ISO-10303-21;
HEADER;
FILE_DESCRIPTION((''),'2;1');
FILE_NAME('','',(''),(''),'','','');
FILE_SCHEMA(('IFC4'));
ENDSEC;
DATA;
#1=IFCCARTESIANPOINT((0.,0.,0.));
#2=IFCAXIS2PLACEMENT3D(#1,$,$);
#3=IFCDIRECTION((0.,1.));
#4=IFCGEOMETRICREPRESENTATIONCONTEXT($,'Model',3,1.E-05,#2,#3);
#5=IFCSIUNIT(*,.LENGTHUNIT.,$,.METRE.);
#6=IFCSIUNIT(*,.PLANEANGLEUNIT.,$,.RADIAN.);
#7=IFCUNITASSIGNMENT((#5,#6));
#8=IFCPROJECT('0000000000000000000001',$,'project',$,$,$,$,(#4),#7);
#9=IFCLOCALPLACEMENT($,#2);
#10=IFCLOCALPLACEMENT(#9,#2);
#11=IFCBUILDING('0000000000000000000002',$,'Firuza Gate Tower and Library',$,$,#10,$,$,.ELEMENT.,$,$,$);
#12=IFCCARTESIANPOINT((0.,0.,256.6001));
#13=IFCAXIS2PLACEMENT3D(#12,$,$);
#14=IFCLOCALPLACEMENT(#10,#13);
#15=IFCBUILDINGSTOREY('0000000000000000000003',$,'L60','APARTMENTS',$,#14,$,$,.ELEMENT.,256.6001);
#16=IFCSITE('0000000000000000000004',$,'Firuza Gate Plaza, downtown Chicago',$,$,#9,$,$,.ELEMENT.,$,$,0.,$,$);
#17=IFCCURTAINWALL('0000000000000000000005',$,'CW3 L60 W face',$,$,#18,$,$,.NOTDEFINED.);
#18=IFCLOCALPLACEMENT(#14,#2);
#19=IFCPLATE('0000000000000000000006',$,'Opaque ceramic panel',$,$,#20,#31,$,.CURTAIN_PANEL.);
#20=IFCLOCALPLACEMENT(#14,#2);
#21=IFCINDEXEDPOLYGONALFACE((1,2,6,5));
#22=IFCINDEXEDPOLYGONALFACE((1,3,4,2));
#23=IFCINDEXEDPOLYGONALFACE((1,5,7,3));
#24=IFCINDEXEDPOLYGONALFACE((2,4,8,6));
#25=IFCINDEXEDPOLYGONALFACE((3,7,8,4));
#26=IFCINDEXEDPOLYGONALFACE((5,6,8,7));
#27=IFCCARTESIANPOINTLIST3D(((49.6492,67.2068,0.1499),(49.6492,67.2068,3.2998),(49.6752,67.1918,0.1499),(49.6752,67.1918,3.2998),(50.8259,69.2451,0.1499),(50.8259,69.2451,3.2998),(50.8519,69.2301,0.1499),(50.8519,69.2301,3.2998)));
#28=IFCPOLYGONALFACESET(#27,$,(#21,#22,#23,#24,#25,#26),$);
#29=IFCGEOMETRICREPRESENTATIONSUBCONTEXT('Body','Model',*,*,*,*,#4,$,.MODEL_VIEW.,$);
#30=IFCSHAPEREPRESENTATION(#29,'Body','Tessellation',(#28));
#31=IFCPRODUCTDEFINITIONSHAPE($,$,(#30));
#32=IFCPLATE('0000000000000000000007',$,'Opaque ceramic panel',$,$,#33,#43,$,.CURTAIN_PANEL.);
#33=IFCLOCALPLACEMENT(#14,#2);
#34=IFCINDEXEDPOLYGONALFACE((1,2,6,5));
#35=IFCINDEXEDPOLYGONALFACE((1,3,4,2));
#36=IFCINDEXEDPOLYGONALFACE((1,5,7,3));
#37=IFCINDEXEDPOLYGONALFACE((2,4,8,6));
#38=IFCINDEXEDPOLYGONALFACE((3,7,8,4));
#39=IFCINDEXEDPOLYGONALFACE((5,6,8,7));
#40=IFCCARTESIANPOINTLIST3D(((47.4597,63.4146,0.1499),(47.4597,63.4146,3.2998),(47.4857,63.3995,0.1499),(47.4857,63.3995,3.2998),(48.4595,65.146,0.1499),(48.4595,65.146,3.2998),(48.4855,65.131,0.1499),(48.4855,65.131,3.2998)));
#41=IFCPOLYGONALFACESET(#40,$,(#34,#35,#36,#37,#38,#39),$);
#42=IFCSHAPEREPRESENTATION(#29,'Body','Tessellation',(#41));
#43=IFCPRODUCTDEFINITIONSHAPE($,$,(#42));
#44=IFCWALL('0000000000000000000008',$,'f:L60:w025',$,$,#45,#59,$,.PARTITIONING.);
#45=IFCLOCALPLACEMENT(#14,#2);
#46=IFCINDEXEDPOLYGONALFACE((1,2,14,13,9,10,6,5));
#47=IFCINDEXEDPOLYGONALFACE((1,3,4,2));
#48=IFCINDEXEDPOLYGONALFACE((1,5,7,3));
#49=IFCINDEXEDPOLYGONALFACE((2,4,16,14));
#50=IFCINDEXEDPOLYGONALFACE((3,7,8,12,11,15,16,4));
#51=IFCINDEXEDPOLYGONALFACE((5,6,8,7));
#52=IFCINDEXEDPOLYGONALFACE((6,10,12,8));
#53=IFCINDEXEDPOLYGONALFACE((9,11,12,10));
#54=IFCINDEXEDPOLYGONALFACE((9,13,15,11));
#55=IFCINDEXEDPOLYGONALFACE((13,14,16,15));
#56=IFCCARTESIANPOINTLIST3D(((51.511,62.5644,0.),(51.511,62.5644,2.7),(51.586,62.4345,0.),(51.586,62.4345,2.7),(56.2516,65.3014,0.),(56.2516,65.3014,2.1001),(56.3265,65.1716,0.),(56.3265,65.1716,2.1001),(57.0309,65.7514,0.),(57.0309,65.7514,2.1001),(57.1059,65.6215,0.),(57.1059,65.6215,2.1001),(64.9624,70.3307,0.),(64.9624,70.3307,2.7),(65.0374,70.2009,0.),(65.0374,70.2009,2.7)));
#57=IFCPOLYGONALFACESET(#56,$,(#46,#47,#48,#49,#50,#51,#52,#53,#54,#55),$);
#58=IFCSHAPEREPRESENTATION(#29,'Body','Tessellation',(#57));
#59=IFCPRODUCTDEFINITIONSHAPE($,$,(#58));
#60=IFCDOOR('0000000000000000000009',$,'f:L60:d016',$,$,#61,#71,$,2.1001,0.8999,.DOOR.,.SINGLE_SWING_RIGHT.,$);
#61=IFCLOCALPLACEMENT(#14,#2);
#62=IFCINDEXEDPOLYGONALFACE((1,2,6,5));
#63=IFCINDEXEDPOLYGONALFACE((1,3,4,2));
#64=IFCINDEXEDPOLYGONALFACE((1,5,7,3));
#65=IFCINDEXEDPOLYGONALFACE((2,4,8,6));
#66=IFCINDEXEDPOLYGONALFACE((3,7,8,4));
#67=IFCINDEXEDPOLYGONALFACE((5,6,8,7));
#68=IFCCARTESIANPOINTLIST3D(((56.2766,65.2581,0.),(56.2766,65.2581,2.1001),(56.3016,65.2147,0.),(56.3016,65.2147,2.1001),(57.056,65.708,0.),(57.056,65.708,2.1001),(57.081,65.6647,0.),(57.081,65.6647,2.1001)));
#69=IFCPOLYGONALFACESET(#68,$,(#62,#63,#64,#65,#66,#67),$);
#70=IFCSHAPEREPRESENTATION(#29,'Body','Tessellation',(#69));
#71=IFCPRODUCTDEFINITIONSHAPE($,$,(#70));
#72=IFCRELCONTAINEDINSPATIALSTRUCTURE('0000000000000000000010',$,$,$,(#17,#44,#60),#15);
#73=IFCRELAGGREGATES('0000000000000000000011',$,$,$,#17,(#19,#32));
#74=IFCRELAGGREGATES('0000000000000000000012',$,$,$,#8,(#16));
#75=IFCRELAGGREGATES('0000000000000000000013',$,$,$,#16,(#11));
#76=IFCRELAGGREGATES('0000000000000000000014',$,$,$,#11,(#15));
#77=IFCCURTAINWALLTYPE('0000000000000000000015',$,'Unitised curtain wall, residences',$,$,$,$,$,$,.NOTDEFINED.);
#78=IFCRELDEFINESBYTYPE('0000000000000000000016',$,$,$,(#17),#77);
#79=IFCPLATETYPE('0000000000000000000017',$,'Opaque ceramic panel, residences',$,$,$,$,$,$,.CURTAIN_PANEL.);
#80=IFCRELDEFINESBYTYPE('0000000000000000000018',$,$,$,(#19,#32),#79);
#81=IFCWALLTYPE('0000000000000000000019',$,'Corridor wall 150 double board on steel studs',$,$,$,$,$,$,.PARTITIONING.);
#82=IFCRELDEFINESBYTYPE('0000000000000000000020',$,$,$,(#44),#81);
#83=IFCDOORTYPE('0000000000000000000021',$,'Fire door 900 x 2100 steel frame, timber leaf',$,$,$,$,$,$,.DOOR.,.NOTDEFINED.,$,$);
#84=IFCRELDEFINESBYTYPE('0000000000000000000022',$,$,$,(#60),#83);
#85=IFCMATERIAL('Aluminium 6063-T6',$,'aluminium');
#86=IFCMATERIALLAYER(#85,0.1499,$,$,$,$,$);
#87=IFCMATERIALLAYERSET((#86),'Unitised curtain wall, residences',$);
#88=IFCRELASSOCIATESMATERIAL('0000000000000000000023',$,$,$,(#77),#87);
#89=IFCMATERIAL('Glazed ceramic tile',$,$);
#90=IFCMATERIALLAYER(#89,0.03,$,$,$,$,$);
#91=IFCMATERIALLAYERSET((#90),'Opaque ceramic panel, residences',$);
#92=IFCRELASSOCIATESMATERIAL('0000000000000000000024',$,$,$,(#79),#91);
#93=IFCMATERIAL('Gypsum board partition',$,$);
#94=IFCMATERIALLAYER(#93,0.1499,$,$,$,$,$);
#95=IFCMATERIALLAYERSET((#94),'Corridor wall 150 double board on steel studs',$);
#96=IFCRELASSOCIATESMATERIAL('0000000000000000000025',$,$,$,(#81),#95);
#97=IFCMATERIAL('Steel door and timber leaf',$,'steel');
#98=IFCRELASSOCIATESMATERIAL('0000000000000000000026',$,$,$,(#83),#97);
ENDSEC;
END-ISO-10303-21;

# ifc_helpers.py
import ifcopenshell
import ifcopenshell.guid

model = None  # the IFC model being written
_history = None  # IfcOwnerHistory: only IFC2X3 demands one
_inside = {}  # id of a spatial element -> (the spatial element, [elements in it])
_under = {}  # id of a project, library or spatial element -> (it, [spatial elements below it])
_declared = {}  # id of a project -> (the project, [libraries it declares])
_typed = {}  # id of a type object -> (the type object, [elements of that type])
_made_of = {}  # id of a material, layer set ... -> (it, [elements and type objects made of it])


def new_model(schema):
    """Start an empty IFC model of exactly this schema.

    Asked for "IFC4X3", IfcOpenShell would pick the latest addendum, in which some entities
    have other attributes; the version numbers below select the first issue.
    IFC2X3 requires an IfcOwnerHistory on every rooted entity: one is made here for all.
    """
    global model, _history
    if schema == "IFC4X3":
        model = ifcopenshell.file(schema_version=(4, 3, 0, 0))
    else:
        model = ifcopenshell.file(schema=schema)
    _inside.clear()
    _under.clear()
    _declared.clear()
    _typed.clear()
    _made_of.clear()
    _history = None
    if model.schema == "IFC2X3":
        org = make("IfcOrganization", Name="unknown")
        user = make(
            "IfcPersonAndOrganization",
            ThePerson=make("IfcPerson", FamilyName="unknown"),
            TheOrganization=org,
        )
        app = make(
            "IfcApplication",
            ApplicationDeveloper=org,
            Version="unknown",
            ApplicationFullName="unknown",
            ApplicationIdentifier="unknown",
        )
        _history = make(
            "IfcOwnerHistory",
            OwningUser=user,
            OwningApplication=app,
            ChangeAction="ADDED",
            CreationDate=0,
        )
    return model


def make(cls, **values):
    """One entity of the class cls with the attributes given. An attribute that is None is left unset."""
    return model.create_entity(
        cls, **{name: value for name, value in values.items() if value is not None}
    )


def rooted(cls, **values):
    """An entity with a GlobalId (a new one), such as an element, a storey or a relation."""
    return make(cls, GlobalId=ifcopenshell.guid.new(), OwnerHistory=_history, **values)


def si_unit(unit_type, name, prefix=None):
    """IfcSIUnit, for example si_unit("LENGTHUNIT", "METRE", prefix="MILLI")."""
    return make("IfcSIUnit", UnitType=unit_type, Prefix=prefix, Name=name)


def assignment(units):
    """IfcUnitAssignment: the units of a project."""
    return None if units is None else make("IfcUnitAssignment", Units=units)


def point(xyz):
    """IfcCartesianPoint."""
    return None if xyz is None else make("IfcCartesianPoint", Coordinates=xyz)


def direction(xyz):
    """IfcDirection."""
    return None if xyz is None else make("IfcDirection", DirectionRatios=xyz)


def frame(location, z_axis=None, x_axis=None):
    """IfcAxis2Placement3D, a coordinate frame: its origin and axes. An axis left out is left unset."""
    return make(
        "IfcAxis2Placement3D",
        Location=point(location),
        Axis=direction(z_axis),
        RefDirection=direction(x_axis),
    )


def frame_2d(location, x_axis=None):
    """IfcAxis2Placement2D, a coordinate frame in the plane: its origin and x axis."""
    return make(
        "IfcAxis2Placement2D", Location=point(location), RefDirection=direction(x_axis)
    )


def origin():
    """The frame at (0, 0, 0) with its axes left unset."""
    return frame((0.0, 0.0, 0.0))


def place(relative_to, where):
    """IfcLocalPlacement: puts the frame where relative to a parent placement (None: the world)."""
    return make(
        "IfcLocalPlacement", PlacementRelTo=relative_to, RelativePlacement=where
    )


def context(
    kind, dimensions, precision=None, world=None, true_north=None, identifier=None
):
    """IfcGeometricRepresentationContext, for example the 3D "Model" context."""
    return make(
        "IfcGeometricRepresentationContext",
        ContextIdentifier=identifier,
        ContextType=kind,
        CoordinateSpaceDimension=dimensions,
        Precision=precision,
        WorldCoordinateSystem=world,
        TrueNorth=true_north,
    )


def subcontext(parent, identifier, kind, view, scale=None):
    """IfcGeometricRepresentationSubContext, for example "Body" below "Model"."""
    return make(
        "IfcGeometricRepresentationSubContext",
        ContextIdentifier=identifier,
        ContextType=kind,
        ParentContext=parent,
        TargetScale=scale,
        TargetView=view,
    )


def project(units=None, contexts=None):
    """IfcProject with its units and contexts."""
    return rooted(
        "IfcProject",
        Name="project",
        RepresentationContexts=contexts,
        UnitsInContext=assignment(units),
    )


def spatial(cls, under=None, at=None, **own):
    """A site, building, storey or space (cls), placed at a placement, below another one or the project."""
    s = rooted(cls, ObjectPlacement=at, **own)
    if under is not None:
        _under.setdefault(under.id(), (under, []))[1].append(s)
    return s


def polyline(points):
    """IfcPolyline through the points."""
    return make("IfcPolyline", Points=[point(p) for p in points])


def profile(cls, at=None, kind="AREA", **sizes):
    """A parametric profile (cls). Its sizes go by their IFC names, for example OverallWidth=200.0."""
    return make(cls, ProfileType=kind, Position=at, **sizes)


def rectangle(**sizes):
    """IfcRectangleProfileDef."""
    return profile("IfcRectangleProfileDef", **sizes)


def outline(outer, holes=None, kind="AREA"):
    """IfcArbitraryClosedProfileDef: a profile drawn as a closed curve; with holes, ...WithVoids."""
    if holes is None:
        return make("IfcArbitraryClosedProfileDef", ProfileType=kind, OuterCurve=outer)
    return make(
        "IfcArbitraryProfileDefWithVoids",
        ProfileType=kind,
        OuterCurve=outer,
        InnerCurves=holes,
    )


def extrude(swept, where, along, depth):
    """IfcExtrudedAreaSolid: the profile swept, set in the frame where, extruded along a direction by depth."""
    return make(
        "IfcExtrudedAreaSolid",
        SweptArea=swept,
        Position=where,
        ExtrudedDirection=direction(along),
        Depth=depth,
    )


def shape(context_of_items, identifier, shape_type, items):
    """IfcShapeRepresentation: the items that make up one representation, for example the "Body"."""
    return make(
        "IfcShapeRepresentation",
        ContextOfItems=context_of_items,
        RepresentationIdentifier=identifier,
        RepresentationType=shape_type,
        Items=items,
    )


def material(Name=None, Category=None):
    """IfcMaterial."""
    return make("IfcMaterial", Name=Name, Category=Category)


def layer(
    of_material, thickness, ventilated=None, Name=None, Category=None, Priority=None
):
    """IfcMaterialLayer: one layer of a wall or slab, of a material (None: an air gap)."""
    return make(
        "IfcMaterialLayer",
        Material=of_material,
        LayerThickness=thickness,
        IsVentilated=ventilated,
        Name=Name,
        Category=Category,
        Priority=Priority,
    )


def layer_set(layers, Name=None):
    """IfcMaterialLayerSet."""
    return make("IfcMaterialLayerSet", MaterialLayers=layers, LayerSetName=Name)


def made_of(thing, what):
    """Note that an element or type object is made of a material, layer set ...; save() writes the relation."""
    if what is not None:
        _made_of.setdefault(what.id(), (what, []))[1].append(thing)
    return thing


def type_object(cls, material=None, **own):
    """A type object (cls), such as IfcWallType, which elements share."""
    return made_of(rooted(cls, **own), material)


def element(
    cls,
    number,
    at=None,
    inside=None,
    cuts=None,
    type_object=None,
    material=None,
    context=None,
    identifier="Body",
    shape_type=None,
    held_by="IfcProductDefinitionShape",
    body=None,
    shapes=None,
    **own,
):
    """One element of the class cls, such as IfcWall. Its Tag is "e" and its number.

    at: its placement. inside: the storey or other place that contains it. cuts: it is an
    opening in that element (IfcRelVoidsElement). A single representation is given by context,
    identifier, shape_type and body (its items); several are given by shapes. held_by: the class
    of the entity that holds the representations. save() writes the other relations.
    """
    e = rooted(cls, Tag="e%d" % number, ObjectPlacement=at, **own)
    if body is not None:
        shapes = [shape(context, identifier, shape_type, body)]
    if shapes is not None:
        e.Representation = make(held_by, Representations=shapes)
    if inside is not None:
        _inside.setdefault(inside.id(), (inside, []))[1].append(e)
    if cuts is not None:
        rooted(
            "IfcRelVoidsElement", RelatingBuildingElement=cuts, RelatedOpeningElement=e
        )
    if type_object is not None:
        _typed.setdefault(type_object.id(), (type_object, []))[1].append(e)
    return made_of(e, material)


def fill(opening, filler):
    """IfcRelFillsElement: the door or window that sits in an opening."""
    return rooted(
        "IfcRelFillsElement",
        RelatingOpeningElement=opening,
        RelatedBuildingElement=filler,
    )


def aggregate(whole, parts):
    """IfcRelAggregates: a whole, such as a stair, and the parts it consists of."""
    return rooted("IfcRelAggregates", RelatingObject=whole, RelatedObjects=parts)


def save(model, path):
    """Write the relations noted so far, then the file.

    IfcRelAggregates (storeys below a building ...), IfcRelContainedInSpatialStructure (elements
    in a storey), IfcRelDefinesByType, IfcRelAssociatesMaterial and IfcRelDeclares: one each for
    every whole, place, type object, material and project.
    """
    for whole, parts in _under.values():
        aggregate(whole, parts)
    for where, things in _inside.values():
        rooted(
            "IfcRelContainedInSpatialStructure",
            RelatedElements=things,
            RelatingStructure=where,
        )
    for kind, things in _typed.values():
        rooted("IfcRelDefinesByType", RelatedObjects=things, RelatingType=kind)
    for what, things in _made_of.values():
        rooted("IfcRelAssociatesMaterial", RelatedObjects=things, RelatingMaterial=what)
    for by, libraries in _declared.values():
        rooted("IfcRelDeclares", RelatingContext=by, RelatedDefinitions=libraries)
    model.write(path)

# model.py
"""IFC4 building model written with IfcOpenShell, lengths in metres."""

from ifc_helpers import new_model, si_unit, direction, frame, frame_2d, origin, place, context, subcontext, project, spatial, polyline, rectangle, outline, extrude, material, layer, layer_set, type_object, element, fill, aggregate, save


model = new_model("IFC4")

# Units and contexts
model_context = context("Model", 3, precision=1e-05, world=origin(), true_north=direction((0.0, 1.0)))
body_context = subcontext(model_context, "Body", "Model", "MODEL_VIEW")
ifc_project = project(units=[si_unit("LENGTHUNIT", "METRE"), si_unit("PLANEANGLEUNIT", "RADIAN")], contexts=[model_context])

# Site, building, storey
site_placement = place(None, origin())
site = spatial("IfcSite", under=ifc_project, at=site_placement, Name="Firuza Gate Plaza, downtown Chicago", CompositionType="ELEMENT", RefElevation=0.0)
building_placement = place(site_placement, origin())
building = spatial("IfcBuilding", under=site, at=building_placement, Name="Firuza Gate Tower and Library", CompositionType="ELEMENT")
storey_placement = place(building_placement, frame((0.0, 0.0, 256.6001)))
storey = spatial("IfcBuildingStorey", under=building, at=storey_placement, Name="L60", Description="APARTMENTS", CompositionType="ELEMENT", Elevation=256.6001)

# Shared definitions
placement = place(storey_placement, origin())

# Curtain wall
ifc_material_1 = material(Name="Aluminium 6063-T6", Category="aluminium")
ifc_layer_1 = layer(ifc_material_1, 0.1499)
ifc_layer_set_1 = layer_set([ifc_layer_1], Name="Unitised curtain wall, residences")
curtain_wall_type_1 = type_object("IfcCurtainWallType", Name="Unitised curtain wall, residences", PredefinedType="NOTDEFINED", material=ifc_layer_set_1)
curtain_wall_1 = element("IfcCurtainWall", 1, at=placement, inside=storey, type_object=curtain_wall_type_1, Name="CW3 L60 W face", PredefinedType="NOTDEFINED")

# Plates
ifc_material_2 = material(Name="Glazed ceramic tile")
ifc_layer_2 = layer(ifc_material_2, 0.03)
ifc_layer_set_2 = layer_set([ifc_layer_2], Name="Opaque ceramic panel, residences")
plate_type_1 = type_object("IfcPlateType", Name="Opaque ceramic panel, residences", PredefinedType="CURTAIN_PANEL", material=ifc_layer_set_2)
plate_1_placement = place(storey_placement, frame((50.8259, 69.2451, 0.1499), z_axis=(-0.866039, 0.499977, 0.0), x_axis=(-0.499977, -0.866039, 0.0)))
plate_1 = element("IfcPlate", 2, at=plate_1_placement, type_object=plate_type_1, Name="Opaque ceramic panel", PredefinedType="CURTAIN_PANEL", context=body_context, shape_type="SweptSolid", body=[
    extrude(outline(polyline([(0.0, 0.0), (2.3536, 0.0), (2.3536, 3.1499), (0.0, 3.1499), (0.0, 0.0)])), origin(), (0.0, 0.0, -1.0), 0.03),
])
plate_2_placement = place(storey_placement, frame((48.4595, 65.146, 0.1499), z_axis=(-0.866003, 0.50004, 0.0), x_axis=(-0.50004, -0.866003, 0.0)))
plate_2 = element("IfcPlate", 3, at=plate_2_placement, type_object=plate_type_1, Name="Opaque ceramic panel", PredefinedType="CURTAIN_PANEL", context=body_context, shape_type="SweptSolid", body=[
    extrude(outline(polyline([(0.0, 0.0), (1.9994, 0.0), (1.9994, 3.1499), (0.0, 3.1499), (0.0, 0.0)])), origin(), (0.0, 0.0, -1.0), 0.03),
])
aggregate(curtain_wall_1, [plate_1, plate_2])

# Wall, opening, door
ifc_material_3 = material(Name="Gypsum board partition")
ifc_layer_3 = layer(ifc_material_3, 0.1499)
ifc_layer_set_3 = layer_set([ifc_layer_3], Name="Corridor wall 150 double board on steel studs")
wall_type = type_object("IfcWallType", Name="Corridor wall 150 double board on steel studs", PredefinedType="PARTITIONING", material=ifc_layer_set_3)
wall_placement = place(storey_placement, frame((51.5486, 62.4995, 0.0), z_axis=(0.0, 0.0, 1.0), x_axis=(0.86602, 0.500009, 0.0)))
wall = element("IfcWall", 4, at=wall_placement, inside=storey, type_object=wall_type, Name="f:L60:w025", PredefinedType="PARTITIONING", context=body_context, shape_type="SweptSolid", body=[
    extrude(rectangle(XDim=15.5325, YDim=0.1499, at=frame_2d((7.7661, 0.0))), origin(), (0.0, 0.0, 1.0), 2.7),
])
opening_placement = place(wall_placement, frame((5.4739, 0.0, 0.0)))
opening = element("IfcOpeningElement", 5, at=opening_placement, cuts=wall, PredefinedType="OPENING", context=body_context, shape_type="SweptSolid", body=[
    extrude(rectangle(XDim=0.8999, YDim=2.1001, at=frame_2d((0.45, 1.05))), frame((0.0, 0.085, 0.0), z_axis=(0.0, -1.0, 0.0), x_axis=(1.0, 0.0, 0.0)), (0.0, 0.0, 1.0), 0.1699),
])
ifc_material_4 = material(Name="Steel door and timber leaf", Category="steel")
door_type = type_object("IfcDoorType", Name="Fire door 900 x 2100 steel frame, timber leaf", OperationType="NOTDEFINED", PredefinedType="DOOR", material=ifc_material_4)
door_placement = place(opening_placement, origin())
door = element("IfcDoor", 6, at=door_placement, inside=storey, type_object=door_type, Name="f:L60:d016", OperationType="SINGLE_SWING_RIGHT", OverallHeight=2.1001, OverallWidth=0.8999, PredefinedType="DOOR", context=body_context, shape_type="SweptSolid", body=[
    extrude(rectangle(XDim=0.8999, YDim=2.1001, at=frame_2d((0.45, 1.05))), frame((0.0, 0.0249, 0.0), z_axis=(0.0, -1.0, 0.0), x_axis=(1.0, 0.0, 0.0)), (0.0, 0.0, 1.0), 0.05),
])
fill(opening, door)

save(model, "model.ifc")
